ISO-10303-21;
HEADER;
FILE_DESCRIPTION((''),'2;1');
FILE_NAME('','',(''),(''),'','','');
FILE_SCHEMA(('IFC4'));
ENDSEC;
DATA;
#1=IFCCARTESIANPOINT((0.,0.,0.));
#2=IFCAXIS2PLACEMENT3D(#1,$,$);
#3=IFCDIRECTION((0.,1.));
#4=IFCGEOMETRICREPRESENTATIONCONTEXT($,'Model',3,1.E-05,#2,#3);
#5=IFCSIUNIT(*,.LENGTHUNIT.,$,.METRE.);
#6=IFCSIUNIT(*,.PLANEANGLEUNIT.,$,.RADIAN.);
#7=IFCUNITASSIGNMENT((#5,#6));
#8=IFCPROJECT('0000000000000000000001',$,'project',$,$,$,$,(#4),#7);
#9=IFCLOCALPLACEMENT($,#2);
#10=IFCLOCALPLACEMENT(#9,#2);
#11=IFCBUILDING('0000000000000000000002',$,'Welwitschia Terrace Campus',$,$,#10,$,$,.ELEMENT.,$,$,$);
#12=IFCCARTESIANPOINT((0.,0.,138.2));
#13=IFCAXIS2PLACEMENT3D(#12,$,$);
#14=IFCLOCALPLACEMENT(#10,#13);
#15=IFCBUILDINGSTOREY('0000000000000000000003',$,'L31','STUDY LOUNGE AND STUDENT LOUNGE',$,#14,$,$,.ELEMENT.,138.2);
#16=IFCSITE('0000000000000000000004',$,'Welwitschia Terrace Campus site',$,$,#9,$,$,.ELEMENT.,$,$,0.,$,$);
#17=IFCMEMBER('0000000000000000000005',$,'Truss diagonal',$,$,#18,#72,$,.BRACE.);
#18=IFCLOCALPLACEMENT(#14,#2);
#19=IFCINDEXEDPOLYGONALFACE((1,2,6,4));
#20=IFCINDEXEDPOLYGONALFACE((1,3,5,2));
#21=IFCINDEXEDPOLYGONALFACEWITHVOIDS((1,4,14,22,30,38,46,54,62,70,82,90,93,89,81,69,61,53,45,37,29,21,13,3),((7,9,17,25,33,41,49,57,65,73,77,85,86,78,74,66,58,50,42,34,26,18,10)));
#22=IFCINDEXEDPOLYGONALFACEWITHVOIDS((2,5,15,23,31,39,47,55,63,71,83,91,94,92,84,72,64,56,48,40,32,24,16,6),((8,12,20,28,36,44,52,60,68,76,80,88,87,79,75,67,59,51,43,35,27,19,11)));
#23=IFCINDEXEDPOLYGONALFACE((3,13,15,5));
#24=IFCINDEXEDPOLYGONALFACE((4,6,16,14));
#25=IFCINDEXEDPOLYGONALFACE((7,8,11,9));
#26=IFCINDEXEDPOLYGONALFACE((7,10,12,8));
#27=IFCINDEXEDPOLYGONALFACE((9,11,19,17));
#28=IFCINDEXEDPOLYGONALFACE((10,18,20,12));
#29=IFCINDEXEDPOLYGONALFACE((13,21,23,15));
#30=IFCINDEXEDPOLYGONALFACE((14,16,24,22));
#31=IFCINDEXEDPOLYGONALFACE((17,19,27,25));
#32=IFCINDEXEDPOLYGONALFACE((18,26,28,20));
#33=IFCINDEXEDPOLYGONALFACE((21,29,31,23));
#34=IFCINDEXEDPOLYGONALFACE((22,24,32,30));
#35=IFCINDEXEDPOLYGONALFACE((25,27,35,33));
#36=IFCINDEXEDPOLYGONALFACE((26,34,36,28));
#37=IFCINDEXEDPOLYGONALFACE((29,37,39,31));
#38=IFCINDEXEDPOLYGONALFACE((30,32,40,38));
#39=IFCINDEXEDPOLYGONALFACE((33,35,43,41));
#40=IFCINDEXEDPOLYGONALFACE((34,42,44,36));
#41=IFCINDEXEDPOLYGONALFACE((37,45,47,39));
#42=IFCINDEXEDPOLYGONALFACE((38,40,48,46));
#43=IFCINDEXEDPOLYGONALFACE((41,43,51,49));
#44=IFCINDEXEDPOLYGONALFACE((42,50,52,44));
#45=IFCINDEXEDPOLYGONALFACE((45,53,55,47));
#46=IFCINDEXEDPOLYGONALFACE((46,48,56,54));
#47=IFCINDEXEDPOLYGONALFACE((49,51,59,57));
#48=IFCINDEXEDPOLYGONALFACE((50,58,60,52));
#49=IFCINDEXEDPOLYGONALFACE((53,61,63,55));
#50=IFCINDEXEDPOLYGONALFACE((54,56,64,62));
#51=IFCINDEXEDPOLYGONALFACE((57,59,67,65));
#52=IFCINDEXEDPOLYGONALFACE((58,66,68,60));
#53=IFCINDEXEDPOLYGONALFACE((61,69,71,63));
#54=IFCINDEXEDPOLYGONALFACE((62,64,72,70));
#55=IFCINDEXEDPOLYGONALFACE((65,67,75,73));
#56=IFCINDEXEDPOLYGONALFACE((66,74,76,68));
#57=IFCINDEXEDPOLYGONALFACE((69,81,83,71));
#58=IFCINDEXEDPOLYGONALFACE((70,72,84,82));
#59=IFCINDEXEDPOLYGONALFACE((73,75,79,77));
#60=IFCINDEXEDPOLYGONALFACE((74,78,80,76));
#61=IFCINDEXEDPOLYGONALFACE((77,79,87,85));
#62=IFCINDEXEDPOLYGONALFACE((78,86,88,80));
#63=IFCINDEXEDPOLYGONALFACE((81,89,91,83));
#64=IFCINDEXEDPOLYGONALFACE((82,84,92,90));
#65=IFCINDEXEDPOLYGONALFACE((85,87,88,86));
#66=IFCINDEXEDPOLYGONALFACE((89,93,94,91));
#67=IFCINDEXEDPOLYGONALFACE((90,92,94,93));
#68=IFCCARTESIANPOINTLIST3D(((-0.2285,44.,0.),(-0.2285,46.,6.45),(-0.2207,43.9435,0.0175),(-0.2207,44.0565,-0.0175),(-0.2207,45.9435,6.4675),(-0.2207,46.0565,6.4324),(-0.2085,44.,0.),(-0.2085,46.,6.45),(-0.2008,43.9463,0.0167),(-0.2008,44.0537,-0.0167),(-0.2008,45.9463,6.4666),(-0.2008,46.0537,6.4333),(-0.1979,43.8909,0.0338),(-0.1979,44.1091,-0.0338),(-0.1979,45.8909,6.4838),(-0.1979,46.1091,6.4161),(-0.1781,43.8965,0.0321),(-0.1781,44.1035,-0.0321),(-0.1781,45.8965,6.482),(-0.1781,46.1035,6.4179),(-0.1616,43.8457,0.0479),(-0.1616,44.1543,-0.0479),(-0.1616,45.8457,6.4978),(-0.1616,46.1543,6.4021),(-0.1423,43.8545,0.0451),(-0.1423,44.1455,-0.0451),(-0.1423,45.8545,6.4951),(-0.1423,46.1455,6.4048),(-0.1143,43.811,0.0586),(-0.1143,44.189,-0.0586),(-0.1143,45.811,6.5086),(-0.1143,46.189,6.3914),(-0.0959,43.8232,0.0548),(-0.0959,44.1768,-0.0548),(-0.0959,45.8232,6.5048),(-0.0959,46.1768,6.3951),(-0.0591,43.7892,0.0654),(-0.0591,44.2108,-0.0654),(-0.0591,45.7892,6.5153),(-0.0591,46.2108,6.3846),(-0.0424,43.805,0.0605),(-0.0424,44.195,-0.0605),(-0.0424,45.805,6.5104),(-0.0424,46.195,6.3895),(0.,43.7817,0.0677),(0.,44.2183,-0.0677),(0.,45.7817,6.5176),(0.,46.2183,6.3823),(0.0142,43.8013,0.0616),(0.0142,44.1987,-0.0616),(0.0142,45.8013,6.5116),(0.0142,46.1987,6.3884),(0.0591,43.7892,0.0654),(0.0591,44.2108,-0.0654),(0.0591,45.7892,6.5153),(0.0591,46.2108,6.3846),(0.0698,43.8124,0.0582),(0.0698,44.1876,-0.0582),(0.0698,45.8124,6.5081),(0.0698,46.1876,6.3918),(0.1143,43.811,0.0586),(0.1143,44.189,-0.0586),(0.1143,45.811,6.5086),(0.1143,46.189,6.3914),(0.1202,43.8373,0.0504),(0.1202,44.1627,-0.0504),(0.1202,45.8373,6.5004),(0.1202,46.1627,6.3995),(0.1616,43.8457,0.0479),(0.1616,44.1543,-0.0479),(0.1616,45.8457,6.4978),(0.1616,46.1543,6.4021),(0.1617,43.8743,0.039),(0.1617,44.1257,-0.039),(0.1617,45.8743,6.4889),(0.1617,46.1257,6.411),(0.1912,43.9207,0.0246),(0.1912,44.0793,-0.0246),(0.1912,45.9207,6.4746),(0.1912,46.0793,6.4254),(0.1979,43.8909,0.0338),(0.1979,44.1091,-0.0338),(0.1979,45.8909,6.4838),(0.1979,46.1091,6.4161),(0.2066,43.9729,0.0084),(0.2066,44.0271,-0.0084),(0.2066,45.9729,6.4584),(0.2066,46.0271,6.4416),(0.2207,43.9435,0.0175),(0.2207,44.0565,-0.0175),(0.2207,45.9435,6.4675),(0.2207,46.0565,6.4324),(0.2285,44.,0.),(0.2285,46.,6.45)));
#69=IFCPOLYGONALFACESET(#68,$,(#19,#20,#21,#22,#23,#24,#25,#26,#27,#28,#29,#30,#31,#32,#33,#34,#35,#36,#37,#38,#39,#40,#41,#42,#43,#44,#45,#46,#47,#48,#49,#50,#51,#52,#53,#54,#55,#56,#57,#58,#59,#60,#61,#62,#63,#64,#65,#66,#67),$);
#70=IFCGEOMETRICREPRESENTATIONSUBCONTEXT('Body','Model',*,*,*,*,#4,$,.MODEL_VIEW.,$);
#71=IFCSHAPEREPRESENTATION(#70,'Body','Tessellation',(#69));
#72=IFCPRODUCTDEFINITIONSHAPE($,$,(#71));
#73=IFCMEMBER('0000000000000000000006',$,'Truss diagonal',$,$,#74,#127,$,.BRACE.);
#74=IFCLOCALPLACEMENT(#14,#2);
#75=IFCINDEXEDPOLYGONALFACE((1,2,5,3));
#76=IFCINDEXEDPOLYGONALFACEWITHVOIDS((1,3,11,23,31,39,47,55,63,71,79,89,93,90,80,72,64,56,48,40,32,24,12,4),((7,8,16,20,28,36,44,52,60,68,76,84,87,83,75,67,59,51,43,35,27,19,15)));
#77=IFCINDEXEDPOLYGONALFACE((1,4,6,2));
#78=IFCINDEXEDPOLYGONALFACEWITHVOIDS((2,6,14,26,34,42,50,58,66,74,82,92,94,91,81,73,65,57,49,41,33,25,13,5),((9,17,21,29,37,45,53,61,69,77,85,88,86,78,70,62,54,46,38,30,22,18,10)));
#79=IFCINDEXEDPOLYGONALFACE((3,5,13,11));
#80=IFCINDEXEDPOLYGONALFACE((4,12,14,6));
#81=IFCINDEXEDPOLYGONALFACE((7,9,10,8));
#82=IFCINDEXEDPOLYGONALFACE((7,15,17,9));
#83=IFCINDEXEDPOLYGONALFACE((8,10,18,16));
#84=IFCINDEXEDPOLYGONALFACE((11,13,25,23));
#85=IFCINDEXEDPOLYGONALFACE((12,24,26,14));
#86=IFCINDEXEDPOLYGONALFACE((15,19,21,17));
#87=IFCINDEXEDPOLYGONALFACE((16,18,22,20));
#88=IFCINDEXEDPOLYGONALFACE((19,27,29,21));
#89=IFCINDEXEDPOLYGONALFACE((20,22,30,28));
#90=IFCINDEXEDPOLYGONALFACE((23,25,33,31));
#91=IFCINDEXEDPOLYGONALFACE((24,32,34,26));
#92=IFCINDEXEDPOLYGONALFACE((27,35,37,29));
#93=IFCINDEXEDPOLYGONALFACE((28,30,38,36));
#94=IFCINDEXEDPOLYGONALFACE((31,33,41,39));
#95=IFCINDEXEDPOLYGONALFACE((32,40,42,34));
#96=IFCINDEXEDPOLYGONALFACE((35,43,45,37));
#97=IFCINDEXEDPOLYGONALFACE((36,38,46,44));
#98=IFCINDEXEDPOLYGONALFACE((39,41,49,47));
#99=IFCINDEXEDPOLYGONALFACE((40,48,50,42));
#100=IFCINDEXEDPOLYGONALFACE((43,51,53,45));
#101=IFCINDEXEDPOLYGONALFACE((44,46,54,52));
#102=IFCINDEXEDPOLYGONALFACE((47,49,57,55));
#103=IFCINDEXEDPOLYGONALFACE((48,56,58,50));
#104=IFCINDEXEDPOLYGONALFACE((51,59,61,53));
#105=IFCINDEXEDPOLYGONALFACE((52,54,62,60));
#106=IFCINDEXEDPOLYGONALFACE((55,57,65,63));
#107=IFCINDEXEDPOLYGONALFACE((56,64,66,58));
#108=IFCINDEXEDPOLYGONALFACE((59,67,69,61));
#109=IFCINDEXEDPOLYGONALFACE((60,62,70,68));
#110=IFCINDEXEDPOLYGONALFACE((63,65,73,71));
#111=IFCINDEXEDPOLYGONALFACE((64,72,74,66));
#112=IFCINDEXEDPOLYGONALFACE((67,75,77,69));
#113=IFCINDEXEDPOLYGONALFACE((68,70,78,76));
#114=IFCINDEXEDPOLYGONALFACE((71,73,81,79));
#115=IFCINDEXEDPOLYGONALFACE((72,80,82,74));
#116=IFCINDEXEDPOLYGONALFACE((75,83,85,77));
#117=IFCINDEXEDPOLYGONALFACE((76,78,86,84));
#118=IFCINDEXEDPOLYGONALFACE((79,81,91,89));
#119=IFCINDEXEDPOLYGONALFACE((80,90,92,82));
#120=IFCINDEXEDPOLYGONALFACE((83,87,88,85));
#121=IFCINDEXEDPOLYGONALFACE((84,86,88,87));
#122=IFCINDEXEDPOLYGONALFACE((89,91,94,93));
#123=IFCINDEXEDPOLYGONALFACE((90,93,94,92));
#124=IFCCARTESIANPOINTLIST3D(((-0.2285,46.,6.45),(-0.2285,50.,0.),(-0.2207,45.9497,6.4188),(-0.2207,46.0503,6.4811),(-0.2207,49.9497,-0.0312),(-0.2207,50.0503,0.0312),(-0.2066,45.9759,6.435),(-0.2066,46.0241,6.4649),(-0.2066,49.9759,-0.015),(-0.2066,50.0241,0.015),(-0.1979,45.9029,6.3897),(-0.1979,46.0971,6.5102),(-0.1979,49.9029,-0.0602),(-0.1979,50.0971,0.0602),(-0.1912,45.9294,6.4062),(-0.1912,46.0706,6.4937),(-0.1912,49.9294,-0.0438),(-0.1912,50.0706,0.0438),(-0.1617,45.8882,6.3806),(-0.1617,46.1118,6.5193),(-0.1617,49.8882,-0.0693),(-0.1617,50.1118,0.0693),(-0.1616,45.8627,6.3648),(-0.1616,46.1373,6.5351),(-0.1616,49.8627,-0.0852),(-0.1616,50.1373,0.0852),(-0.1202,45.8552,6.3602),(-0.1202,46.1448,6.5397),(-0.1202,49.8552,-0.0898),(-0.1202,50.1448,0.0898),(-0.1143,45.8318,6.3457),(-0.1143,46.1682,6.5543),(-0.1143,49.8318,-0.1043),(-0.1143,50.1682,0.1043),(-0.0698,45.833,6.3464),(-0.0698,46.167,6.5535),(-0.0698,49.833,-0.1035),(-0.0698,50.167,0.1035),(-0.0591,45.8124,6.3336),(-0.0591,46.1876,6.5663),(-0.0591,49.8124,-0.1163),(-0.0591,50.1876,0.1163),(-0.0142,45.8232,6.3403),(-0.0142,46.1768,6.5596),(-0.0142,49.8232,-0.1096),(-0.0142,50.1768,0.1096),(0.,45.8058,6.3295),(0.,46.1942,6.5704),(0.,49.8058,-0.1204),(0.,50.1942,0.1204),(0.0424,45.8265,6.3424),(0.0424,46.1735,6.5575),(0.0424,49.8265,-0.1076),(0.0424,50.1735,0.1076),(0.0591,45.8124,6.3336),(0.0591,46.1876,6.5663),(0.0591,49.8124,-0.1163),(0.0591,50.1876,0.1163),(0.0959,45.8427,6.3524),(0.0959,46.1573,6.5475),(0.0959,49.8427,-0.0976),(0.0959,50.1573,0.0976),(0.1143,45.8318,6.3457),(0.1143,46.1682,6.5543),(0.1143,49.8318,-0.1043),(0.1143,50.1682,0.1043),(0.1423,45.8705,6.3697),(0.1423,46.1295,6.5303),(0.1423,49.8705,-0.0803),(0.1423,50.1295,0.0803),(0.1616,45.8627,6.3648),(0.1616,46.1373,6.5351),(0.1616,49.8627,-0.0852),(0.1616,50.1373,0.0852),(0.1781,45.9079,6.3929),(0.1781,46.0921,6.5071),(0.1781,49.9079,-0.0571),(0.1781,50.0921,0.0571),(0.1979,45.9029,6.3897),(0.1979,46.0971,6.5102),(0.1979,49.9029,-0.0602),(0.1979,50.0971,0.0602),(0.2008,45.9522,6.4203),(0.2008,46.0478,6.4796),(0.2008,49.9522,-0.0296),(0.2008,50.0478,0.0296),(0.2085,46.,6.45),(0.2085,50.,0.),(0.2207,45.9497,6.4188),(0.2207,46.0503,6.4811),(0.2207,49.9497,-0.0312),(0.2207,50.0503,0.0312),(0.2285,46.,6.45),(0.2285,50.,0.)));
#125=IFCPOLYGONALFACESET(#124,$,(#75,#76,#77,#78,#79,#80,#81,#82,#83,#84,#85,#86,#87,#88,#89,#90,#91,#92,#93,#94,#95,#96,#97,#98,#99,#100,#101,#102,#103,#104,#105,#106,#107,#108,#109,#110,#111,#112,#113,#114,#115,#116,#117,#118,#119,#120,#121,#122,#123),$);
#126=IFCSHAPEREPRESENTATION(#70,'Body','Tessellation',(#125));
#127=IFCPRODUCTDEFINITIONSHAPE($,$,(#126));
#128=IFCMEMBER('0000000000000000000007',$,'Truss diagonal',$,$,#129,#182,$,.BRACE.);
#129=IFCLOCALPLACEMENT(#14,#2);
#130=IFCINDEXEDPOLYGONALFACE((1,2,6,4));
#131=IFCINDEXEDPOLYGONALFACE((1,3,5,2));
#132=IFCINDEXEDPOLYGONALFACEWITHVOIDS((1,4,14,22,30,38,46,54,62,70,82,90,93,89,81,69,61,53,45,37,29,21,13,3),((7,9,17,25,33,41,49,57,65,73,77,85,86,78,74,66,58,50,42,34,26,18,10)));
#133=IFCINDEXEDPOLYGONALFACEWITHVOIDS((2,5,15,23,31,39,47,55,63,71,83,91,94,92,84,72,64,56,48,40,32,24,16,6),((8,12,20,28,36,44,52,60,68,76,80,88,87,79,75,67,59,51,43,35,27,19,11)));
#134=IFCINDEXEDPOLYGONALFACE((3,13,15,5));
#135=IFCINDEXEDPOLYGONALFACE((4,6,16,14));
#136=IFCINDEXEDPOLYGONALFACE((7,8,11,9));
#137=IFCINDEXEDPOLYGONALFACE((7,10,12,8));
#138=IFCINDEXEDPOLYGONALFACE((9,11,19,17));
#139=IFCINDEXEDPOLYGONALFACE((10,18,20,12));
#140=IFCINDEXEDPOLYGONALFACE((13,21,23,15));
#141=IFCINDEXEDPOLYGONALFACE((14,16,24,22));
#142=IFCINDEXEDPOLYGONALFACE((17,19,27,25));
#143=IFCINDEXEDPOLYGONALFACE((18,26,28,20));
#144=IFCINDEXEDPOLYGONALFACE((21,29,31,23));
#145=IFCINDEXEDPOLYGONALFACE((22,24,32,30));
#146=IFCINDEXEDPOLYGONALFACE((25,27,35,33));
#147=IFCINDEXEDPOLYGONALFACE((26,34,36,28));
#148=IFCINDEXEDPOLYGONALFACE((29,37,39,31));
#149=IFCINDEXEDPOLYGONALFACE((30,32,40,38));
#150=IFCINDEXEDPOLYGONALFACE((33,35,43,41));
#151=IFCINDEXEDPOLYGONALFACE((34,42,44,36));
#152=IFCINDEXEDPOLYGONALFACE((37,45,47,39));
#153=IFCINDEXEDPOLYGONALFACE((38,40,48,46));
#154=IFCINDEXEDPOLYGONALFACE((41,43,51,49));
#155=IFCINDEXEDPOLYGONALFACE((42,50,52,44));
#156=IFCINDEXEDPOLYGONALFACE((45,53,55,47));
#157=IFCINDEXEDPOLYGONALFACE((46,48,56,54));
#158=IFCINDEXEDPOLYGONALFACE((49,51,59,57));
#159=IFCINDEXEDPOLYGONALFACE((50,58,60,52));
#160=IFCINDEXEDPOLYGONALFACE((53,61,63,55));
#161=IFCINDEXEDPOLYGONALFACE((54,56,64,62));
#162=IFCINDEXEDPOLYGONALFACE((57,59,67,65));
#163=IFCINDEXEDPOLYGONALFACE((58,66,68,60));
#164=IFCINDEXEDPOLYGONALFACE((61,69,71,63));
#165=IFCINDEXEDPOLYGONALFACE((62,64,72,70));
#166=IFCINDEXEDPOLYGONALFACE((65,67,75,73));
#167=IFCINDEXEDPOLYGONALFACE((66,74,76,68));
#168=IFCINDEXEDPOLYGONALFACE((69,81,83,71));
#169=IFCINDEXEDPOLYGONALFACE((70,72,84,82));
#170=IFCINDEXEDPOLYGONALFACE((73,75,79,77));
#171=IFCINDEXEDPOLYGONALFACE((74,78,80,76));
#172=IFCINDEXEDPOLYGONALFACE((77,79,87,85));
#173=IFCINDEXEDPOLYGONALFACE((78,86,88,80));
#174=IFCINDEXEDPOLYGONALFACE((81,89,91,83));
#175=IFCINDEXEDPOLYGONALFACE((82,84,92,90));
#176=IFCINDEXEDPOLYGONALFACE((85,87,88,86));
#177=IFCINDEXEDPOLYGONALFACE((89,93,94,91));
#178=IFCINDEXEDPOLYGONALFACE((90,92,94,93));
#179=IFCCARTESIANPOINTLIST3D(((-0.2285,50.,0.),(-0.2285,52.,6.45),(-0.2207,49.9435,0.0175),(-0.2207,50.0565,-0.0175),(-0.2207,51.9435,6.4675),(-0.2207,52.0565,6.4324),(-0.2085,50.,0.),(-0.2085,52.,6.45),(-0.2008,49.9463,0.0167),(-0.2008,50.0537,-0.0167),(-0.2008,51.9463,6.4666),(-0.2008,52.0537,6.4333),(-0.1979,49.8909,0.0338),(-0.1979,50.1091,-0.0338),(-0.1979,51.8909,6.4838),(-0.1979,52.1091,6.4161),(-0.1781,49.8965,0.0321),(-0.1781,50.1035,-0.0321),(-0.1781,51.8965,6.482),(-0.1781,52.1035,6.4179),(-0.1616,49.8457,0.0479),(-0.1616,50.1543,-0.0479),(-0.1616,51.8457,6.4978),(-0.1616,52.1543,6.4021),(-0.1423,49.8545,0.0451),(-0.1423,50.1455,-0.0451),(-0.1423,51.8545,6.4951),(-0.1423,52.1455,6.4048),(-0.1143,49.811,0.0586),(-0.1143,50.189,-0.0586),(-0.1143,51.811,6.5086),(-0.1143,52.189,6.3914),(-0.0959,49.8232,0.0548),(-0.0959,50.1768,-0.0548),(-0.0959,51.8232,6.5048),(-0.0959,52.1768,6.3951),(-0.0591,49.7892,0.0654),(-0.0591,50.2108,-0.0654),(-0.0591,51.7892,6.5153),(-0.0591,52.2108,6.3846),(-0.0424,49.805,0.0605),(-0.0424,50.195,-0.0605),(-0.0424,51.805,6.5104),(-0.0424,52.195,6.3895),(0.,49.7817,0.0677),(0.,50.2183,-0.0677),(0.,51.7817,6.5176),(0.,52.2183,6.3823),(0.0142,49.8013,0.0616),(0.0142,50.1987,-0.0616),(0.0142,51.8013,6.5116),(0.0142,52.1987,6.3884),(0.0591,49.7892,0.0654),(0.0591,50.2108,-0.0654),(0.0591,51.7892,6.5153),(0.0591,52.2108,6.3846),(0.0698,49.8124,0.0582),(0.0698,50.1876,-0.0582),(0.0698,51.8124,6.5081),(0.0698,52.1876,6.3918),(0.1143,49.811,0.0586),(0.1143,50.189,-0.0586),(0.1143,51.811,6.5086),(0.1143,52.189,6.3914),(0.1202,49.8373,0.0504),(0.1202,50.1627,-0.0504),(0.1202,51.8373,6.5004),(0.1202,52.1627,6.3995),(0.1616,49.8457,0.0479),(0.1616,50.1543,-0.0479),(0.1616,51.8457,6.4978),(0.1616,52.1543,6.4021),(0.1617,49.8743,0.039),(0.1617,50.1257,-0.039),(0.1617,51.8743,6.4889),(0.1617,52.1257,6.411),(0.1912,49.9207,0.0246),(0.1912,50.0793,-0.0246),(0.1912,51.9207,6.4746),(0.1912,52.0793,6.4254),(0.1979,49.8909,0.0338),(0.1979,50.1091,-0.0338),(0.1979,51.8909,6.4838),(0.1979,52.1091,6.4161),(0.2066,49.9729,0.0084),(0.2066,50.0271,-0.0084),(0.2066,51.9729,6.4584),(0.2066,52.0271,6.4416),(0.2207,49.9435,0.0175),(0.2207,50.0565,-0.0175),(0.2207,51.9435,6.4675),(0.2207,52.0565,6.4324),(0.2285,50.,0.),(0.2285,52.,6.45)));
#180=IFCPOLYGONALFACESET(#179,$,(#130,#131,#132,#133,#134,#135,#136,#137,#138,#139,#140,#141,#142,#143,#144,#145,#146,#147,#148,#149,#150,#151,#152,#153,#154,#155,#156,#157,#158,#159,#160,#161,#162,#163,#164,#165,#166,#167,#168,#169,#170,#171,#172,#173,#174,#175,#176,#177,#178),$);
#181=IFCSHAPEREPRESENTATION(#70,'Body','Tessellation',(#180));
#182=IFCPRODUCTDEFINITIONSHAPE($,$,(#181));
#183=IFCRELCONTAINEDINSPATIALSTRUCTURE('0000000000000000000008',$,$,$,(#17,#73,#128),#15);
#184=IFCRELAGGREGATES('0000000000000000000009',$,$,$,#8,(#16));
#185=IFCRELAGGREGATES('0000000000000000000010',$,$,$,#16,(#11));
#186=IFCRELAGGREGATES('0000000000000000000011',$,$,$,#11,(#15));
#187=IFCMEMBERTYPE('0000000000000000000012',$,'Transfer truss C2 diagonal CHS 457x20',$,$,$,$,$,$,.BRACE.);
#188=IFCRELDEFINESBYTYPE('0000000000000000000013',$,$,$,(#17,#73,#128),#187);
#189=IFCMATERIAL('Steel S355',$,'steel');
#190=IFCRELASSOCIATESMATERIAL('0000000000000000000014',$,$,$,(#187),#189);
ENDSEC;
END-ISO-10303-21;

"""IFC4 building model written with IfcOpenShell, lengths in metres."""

from ifc_helpers import new_model, si_unit, direction, frame, origin, origin_2d, place, context, subcontext, project, spatial, hollow_circle, extrude, material, material_profile, profile_set, type_object, element, save


model = new_model("IFC4")

# Units and contexts
model_context = context("Model", 3, precision=1e-05, world=origin(), true_north=direction((0.0, 1.0)))
body_context = subcontext(model_context, "Body", "Model", "MODEL_VIEW")
ifc_project = project(units=[si_unit("LENGTHUNIT", "METRE"), si_unit("PLANEANGLEUNIT", "RADIAN")], contexts=[model_context])

# Site, building, storey
site_placement = place(None, origin())
site = spatial("IfcSite", under=ifc_project, at=site_placement, Name="Welwitschia Terrace Campus site", CompositionType="ELEMENT", RefElevation=0.0)
building_placement = place(site_placement, origin())
building = spatial("IfcBuilding", under=site, at=building_placement, Name="Welwitschia Terrace Campus", CompositionType="ELEMENT")
storey_placement = place(building_placement, frame((0.0, 0.0, 138.2)))
storey = spatial("IfcBuildingStorey", under=building, at=storey_placement, Name="L31", Description="STUDY LOUNGE AND STUDENT LOUNGE", CompositionType="ELEMENT", Elevation=138.2)

# Members
ifc_material_1 = material(Name="Steel S355", Category="steel")
ifc_material_profile_1 = material_profile(ifc_material_1, hollow_circle(Radius=0.2285, WallThickness=0.02, at=origin_2d()))
ifc_profile_set_1 = profile_set([ifc_material_profile_1], Name="Steel S355")
member_type_1 = type_object("IfcMemberType", Name="Transfer truss C2 diagonal CHS 457x20", PredefinedType="BRACE", material=ifc_profile_set_1)
member_1_placement = place(storey_placement, frame((0.0, 44.0, 0.0), z_axis=(0.0, 0.296168, 0.955136), x_axis=(-1.0, 0.0, 0.0)))
element("IfcMember", 1, at=member_1_placement, inside=storey, type_object=member_type_1, Name="Truss diagonal", PredefinedType="BRACE", context=body_context, shape_type="SweptSolid", body=[
    extrude(hollow_circle(Radius=0.2285, WallThickness=0.02, at=origin_2d()), origin(), (0.0, 0.0, 1.0), 6.7529),
])
member_2_placement = place(storey_placement, frame((0.0, 50.0, 0.0), z_axis=(0.0, -0.527038, 0.849842), x_axis=(1.0, 0.0, 0.0)))
element("IfcMember", 2, at=member_2_placement, inside=storey, type_object=member_type_1, Name="Truss diagonal", PredefinedType="BRACE", context=body_context, shape_type="SweptSolid", body=[
    extrude(hollow_circle(Radius=0.2285, WallThickness=0.02, at=origin_2d()), origin(), (0.0, 0.0, 1.0), 7.5896),
])
member_3_placement = place(storey_placement, frame((0.0, 50.0, 0.0), z_axis=(0.0, 0.296168, 0.955136), x_axis=(-1.0, 0.0, 0.0)))
element("IfcMember", 3, at=member_3_placement, inside=storey, type_object=member_type_1, Name="Truss diagonal", PredefinedType="BRACE", context=body_context, shape_type="SweptSolid", body=[
    extrude(hollow_circle(Radius=0.2285, WallThickness=0.02, at=origin_2d()), origin(), (0.0, 0.0, 1.0), 6.7529),
])

save(model, "model.ifc")
